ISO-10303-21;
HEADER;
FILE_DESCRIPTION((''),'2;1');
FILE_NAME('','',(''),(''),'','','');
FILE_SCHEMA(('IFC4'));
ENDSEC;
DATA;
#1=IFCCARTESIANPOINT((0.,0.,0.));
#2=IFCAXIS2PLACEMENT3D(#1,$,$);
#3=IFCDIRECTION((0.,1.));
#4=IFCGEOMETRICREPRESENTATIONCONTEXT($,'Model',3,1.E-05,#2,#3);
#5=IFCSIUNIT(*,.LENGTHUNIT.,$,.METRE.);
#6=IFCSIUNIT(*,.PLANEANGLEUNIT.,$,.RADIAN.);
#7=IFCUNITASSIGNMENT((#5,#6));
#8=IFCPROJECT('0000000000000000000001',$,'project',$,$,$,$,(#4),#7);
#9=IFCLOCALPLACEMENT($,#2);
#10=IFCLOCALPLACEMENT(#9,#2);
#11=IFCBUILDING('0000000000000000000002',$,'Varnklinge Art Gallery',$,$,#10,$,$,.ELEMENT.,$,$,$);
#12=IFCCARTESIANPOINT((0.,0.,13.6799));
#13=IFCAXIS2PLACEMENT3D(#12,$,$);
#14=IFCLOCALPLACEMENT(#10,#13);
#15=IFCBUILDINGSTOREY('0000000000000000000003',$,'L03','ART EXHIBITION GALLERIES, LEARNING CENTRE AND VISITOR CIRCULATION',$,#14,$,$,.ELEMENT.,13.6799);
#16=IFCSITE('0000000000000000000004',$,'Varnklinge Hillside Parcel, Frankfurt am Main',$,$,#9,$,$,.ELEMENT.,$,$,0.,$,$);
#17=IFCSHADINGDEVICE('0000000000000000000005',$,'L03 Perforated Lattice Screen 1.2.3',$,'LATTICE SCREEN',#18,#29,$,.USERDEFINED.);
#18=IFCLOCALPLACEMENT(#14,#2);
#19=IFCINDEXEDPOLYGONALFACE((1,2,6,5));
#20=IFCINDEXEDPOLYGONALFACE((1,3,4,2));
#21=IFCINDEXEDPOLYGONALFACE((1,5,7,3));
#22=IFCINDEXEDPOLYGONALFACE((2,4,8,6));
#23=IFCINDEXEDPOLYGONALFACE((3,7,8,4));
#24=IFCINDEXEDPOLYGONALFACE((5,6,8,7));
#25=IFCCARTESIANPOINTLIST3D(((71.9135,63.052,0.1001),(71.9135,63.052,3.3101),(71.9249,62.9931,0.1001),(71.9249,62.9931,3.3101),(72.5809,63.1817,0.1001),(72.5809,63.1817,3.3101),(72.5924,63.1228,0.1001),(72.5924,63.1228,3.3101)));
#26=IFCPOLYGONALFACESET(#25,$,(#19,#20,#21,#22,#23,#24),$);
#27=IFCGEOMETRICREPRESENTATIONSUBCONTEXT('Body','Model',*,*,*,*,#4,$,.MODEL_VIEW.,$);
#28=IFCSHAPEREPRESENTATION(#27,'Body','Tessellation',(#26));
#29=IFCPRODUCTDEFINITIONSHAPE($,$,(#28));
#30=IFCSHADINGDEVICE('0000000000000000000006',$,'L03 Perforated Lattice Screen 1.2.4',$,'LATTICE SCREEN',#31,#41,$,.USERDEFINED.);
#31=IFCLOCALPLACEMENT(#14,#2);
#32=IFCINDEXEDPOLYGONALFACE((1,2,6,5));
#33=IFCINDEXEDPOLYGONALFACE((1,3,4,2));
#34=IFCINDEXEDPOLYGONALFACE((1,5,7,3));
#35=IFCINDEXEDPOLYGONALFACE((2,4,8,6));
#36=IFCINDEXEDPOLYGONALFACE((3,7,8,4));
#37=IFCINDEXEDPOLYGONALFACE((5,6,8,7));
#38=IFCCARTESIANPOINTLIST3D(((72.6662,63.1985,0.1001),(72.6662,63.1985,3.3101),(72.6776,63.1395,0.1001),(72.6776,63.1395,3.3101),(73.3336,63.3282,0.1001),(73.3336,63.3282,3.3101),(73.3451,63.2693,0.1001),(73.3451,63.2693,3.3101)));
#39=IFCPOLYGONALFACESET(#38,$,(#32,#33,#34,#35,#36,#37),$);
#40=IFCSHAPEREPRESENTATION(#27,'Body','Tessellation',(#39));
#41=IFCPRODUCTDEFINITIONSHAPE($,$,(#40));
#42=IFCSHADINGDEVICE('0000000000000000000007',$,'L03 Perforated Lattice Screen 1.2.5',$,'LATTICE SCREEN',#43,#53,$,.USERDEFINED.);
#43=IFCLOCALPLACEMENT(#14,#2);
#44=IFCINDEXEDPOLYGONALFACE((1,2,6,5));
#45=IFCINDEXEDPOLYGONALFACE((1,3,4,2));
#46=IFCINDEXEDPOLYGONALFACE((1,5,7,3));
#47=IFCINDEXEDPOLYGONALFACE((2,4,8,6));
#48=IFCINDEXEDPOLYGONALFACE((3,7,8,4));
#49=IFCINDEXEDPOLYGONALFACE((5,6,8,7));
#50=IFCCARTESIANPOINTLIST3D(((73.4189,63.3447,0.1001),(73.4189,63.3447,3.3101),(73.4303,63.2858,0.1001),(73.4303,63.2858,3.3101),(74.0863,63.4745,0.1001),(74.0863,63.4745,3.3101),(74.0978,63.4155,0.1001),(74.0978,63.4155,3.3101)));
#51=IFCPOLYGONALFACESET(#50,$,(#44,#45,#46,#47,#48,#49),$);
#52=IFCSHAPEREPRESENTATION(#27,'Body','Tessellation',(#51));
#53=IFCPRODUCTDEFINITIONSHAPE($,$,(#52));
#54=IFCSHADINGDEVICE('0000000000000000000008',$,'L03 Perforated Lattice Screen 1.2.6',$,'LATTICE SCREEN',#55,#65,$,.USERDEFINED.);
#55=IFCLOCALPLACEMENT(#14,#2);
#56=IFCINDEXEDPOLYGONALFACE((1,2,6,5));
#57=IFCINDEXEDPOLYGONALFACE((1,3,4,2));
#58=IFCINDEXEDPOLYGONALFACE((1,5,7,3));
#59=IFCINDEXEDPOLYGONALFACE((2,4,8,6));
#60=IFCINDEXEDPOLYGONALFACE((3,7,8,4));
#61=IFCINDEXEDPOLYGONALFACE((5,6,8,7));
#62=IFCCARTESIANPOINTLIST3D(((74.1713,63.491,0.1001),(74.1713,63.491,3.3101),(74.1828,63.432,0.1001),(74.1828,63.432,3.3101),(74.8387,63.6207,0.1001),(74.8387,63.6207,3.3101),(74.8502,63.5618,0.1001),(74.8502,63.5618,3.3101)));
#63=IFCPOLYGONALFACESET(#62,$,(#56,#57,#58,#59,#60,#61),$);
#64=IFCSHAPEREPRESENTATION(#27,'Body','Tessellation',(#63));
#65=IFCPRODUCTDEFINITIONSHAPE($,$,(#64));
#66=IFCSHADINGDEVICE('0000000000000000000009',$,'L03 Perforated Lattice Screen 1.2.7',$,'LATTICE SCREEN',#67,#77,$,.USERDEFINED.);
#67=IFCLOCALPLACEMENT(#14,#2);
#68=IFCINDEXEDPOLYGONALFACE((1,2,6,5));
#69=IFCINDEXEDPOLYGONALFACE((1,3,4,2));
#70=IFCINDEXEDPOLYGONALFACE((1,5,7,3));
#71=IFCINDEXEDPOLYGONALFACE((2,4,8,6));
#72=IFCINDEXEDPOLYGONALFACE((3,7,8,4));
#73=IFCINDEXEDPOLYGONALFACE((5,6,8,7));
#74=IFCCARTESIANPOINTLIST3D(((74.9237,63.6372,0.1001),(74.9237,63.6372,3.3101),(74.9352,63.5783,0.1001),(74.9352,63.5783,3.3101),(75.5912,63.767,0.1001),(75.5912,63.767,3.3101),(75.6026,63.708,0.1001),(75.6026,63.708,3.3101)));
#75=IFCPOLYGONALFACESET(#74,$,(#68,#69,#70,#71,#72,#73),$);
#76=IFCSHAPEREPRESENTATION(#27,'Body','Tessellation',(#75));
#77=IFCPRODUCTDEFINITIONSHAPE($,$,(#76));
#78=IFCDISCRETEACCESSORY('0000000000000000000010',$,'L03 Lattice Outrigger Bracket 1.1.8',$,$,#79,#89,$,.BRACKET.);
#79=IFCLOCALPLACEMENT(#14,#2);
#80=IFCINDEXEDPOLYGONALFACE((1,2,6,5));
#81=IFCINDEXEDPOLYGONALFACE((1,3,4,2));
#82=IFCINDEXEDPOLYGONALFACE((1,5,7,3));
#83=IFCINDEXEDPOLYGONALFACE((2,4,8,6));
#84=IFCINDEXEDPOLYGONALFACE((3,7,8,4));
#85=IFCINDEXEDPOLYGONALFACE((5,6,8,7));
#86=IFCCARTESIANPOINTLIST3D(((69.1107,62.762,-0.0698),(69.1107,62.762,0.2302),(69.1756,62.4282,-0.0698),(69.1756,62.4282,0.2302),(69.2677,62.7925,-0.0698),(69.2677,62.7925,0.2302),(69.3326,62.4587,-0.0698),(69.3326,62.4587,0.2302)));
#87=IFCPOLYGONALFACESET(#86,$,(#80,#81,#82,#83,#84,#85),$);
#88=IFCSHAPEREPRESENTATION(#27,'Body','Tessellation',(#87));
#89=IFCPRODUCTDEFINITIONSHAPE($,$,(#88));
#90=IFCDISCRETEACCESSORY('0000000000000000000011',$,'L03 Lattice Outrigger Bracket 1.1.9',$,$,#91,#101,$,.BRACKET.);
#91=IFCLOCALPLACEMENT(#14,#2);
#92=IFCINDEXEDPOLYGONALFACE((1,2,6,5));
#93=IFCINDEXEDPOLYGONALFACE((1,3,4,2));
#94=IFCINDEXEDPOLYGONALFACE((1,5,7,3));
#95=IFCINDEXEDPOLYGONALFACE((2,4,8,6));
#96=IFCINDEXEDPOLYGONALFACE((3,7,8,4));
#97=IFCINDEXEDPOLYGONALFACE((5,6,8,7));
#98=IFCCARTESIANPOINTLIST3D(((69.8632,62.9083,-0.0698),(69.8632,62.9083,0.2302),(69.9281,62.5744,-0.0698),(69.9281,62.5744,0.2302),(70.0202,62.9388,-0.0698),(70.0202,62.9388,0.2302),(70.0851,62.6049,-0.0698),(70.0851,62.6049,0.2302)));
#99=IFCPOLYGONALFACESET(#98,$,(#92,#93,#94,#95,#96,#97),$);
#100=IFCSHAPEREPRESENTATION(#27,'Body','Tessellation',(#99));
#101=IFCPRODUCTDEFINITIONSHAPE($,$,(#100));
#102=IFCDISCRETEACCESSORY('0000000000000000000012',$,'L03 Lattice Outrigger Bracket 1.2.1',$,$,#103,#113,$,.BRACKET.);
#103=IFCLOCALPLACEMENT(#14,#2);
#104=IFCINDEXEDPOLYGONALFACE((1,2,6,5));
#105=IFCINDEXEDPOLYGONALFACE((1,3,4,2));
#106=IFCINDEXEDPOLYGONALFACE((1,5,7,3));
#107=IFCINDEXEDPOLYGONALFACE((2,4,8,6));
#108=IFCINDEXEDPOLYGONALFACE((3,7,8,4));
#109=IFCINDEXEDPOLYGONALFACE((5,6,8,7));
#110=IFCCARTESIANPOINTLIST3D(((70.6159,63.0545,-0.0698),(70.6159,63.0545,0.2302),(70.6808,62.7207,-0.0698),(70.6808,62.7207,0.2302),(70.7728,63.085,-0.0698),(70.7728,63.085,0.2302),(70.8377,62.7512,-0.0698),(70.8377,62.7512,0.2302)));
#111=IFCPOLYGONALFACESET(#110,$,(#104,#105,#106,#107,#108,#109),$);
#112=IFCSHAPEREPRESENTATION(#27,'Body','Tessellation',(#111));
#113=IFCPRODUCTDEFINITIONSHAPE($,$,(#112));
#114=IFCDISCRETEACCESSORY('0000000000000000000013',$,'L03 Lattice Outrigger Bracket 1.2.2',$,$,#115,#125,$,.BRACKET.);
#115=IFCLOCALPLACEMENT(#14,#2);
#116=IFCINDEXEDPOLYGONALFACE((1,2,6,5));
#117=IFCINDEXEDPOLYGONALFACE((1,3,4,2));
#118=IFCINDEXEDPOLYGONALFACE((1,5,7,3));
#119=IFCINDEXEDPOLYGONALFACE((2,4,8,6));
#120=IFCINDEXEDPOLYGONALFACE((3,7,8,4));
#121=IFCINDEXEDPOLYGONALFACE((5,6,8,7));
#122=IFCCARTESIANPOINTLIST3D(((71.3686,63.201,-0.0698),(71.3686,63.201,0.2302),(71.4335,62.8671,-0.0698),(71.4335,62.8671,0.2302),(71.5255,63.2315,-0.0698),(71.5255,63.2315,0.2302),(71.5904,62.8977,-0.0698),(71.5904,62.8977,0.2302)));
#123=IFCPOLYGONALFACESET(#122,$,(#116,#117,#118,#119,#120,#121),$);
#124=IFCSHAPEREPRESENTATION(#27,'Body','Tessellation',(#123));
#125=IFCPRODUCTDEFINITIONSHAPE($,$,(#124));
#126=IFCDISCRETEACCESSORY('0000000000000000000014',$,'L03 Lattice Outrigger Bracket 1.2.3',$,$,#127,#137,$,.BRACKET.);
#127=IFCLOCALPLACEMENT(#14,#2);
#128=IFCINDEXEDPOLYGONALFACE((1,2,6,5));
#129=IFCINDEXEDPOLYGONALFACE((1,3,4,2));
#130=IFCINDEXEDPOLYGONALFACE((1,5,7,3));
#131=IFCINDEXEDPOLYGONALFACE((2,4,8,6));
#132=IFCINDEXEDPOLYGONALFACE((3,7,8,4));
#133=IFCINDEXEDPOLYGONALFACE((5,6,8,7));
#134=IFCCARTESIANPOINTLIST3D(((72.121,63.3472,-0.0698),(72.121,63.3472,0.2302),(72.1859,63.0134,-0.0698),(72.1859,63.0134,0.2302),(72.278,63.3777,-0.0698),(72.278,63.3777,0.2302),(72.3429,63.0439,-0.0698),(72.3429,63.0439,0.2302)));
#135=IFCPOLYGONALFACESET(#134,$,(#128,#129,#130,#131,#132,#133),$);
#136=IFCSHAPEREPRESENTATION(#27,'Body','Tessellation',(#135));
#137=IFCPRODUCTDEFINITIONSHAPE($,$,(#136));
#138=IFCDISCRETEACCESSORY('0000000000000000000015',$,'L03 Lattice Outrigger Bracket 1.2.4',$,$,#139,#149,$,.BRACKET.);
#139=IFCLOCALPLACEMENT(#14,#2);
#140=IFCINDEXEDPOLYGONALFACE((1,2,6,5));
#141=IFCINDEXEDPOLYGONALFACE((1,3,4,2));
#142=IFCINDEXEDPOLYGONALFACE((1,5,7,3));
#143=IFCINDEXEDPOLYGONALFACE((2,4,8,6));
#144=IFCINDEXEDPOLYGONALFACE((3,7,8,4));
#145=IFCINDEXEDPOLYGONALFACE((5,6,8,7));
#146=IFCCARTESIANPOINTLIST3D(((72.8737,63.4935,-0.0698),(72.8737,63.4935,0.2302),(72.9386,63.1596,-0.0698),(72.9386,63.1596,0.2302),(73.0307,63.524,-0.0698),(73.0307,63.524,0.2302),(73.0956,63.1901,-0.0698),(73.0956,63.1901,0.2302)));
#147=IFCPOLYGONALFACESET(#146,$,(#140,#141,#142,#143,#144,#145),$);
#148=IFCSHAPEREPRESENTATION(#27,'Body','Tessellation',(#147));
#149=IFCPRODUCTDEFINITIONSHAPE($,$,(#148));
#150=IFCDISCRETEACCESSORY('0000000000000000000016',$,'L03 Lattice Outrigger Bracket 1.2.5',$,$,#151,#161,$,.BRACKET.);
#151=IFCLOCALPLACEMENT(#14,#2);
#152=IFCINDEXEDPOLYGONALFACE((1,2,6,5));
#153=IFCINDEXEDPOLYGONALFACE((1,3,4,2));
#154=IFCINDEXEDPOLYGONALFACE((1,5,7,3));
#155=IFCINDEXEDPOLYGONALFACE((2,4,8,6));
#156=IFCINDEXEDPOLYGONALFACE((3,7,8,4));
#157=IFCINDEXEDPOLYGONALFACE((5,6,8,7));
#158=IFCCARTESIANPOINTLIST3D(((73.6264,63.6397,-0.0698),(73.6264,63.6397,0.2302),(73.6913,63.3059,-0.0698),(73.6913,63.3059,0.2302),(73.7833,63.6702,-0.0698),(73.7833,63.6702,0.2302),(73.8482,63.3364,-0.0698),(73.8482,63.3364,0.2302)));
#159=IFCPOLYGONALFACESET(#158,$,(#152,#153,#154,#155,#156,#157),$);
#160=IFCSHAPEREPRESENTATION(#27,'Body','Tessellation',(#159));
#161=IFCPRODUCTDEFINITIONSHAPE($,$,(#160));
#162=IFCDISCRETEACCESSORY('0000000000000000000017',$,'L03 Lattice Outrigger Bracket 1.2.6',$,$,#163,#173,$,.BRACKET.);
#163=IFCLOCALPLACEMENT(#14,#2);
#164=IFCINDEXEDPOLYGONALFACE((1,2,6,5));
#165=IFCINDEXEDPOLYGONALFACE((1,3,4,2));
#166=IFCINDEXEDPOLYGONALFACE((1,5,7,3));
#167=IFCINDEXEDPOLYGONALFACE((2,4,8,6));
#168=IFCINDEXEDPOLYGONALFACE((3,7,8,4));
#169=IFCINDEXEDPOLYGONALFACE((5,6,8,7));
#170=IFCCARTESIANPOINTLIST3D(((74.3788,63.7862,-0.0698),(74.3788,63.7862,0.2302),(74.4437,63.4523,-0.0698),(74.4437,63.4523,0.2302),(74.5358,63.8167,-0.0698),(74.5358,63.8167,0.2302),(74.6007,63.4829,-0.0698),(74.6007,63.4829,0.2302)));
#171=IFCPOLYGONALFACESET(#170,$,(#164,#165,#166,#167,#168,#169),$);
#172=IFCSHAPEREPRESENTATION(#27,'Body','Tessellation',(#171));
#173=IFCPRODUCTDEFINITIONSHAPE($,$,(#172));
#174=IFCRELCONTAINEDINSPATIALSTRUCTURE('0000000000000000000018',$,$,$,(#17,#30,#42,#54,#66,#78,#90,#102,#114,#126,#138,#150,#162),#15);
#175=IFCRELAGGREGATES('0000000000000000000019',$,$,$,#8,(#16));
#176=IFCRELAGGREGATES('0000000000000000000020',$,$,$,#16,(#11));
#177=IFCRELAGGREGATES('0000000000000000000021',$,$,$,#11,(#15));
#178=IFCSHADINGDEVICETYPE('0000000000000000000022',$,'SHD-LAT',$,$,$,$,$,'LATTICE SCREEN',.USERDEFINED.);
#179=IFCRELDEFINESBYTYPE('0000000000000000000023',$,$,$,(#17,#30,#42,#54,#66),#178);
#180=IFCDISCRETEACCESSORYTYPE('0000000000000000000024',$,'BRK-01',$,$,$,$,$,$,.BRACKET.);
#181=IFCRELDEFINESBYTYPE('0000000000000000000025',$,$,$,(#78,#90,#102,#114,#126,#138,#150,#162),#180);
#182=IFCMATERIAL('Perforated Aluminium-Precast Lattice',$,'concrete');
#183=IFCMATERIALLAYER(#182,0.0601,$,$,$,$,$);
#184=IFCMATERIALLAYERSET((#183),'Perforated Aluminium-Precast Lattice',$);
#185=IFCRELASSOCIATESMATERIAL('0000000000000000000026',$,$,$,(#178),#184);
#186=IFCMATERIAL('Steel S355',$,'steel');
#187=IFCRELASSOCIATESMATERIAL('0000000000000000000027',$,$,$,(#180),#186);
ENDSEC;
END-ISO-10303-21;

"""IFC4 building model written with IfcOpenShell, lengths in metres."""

from ifc_helpers import new_model, si_unit, direction, frame, origin, origin_2d, place, context, subcontext, project, spatial, rectangle, extrude, material, layer, layer_set, type_object, element, save


model = new_model("IFC4")

# Units and contexts
model_context = context("Model", 3, precision=1e-05, world=origin(), true_north=direction((0.0, 1.0)))
body_context = subcontext(model_context, "Body", "Model", "MODEL_VIEW")
ifc_project = project(units=[si_unit("LENGTHUNIT", "METRE"), si_unit("PLANEANGLEUNIT", "RADIAN")], contexts=[model_context])

# Site, building, storey
site_placement = place(None, origin())
site = spatial("IfcSite", under=ifc_project, at=site_placement, Name="Varnklinge Hillside Parcel, Frankfurt am Main", CompositionType="ELEMENT", RefElevation=0.0)
building_placement = place(site_placement, origin())
building = spatial("IfcBuilding", under=site, at=building_placement, Name="Varnklinge Art Gallery", CompositionType="ELEMENT")
storey_placement = place(building_placement, frame((0.0, 0.0, 13.6799)))
storey = spatial("IfcBuildingStorey", under=building, at=storey_placement, Name="L03", Description="ART EXHIBITION GALLERIES, LEARNING CENTRE AND VISITOR CIRCULATION", CompositionType="ELEMENT", Elevation=13.6799)

# Shading devices
ifc_material_1 = material(Name="Perforated Aluminium-Precast Lattice", Category="concrete")
ifc_layer_1 = layer(ifc_material_1, 0.0601)
ifc_layer_set_1 = layer_set([ifc_layer_1], Name="Perforated Aluminium-Precast Lattice")
shading_device_type = type_object("IfcShadingDeviceType", Name="SHD-LAT", ElementType="LATTICE SCREEN", PredefinedType="USERDEFINED", material=ifc_layer_set_1)
for number, where, z_axis, x_axis, name in (
    (1, (72.2529, 63.0874, 0.1001), (0.0, 0.0, 1.0), (0.981627, 0.190809, 0.0), "L03 Perforated Lattice Screen 1.2.3"),
    (2, (73.0056, 63.2339, 0.1001), (0.0, 0.0, 1.0), (0.981627, 0.190809, 0.0), "L03 Perforated Lattice Screen 1.2.4"),
    (3, (73.7583, 63.3801, 0.1001), (0.0, 0.0, 1.0), (0.981627, 0.190809, 0.0), "L03 Perforated Lattice Screen 1.2.5"),
    (4, (74.5107, 63.5264, 0.1001), (0.0, 0.0, 1.0), (0.981627, 0.190809, 0.0), "L03 Perforated Lattice Screen 1.2.6"),
    (5, (75.2632, 63.6726, 0.1001), (0.0, 0.0, 1.0), (0.981627, 0.190809, 0.0), "L03 Perforated Lattice Screen 1.2.7"),
):
    element("IfcShadingDevice", number, at=place(storey_placement, frame(where, z_axis=z_axis, x_axis=x_axis)), inside=storey, type_object=shading_device_type, Name=name, ObjectType="LATTICE SCREEN", PredefinedType="USERDEFINED", context=body_context, shape_type="SweptSolid", body=[
        extrude(rectangle(XDim=0.6799, YDim=0.0601, at=origin_2d()), origin(), (0.0, 0.0, 1.0), 3.21),
    ])

# Discrete accessories
ifc_material_2 = material(Name="Steel S355", Category="steel")
discrete_accessory_type = type_object("IfcDiscreteAccessoryType", Name="BRK-01", PredefinedType="BRACKET", material=ifc_material_2)
for number, where, z_axis, x_axis, name in (
    (6, (69.2217, 62.6104, -0.0698), (0.0, 0.0, 1.0), (0.981627, 0.190809, 0.0), "L03 Lattice Outrigger Bracket 1.1.8"),
    (7, (69.9741, 62.7566, -0.0698), (0.0, 0.0, 1.0), (0.981627, 0.190809, 0.0), "L03 Lattice Outrigger Bracket 1.1.9"),
    (8, (70.7268, 62.9028, -0.0698), (0.0, 0.0, 1.0), (0.981627, 0.190809, 0.0), "L03 Lattice Outrigger Bracket 1.2.1"),
    (9, (71.4795, 63.0493, -0.0698), (0.0, 0.0, 1.0), (0.981627, 0.190809, 0.0), "L03 Lattice Outrigger Bracket 1.2.2"),
    (10, (72.2319, 63.1956, -0.0698), (0.0, 0.0, 1.0), (0.981627, 0.190809, 0.0), "L03 Lattice Outrigger Bracket 1.2.3"),
    (11, (72.9846, 63.3418, -0.0698), (0.0, 0.0, 1.0), (0.981627, 0.190809, 0.0), "L03 Lattice Outrigger Bracket 1.2.4"),
    (12, (73.7373, 63.488, -0.0698), (0.0, 0.0, 1.0), (0.981627, 0.190809, 0.0), "L03 Lattice Outrigger Bracket 1.2.5"),
    (13, (74.4897, 63.6345, -0.0698), (0.0, 0.0, 1.0), (0.981627, 0.190809, 0.0), "L03 Lattice Outrigger Bracket 1.2.6"),
):
    element("IfcDiscreteAccessory", number, at=place(storey_placement, frame(where, z_axis=z_axis, x_axis=x_axis)), inside=storey, type_object=discrete_accessory_type, Name=name, PredefinedType="BRACKET", context=body_context, shape_type="SweptSolid", body=[
        extrude(rectangle(XDim=0.1599, YDim=0.3401, at=origin_2d()), origin(), (0.0, 0.0, 1.0), 0.3),
    ])

save(model, "model.ifc")
